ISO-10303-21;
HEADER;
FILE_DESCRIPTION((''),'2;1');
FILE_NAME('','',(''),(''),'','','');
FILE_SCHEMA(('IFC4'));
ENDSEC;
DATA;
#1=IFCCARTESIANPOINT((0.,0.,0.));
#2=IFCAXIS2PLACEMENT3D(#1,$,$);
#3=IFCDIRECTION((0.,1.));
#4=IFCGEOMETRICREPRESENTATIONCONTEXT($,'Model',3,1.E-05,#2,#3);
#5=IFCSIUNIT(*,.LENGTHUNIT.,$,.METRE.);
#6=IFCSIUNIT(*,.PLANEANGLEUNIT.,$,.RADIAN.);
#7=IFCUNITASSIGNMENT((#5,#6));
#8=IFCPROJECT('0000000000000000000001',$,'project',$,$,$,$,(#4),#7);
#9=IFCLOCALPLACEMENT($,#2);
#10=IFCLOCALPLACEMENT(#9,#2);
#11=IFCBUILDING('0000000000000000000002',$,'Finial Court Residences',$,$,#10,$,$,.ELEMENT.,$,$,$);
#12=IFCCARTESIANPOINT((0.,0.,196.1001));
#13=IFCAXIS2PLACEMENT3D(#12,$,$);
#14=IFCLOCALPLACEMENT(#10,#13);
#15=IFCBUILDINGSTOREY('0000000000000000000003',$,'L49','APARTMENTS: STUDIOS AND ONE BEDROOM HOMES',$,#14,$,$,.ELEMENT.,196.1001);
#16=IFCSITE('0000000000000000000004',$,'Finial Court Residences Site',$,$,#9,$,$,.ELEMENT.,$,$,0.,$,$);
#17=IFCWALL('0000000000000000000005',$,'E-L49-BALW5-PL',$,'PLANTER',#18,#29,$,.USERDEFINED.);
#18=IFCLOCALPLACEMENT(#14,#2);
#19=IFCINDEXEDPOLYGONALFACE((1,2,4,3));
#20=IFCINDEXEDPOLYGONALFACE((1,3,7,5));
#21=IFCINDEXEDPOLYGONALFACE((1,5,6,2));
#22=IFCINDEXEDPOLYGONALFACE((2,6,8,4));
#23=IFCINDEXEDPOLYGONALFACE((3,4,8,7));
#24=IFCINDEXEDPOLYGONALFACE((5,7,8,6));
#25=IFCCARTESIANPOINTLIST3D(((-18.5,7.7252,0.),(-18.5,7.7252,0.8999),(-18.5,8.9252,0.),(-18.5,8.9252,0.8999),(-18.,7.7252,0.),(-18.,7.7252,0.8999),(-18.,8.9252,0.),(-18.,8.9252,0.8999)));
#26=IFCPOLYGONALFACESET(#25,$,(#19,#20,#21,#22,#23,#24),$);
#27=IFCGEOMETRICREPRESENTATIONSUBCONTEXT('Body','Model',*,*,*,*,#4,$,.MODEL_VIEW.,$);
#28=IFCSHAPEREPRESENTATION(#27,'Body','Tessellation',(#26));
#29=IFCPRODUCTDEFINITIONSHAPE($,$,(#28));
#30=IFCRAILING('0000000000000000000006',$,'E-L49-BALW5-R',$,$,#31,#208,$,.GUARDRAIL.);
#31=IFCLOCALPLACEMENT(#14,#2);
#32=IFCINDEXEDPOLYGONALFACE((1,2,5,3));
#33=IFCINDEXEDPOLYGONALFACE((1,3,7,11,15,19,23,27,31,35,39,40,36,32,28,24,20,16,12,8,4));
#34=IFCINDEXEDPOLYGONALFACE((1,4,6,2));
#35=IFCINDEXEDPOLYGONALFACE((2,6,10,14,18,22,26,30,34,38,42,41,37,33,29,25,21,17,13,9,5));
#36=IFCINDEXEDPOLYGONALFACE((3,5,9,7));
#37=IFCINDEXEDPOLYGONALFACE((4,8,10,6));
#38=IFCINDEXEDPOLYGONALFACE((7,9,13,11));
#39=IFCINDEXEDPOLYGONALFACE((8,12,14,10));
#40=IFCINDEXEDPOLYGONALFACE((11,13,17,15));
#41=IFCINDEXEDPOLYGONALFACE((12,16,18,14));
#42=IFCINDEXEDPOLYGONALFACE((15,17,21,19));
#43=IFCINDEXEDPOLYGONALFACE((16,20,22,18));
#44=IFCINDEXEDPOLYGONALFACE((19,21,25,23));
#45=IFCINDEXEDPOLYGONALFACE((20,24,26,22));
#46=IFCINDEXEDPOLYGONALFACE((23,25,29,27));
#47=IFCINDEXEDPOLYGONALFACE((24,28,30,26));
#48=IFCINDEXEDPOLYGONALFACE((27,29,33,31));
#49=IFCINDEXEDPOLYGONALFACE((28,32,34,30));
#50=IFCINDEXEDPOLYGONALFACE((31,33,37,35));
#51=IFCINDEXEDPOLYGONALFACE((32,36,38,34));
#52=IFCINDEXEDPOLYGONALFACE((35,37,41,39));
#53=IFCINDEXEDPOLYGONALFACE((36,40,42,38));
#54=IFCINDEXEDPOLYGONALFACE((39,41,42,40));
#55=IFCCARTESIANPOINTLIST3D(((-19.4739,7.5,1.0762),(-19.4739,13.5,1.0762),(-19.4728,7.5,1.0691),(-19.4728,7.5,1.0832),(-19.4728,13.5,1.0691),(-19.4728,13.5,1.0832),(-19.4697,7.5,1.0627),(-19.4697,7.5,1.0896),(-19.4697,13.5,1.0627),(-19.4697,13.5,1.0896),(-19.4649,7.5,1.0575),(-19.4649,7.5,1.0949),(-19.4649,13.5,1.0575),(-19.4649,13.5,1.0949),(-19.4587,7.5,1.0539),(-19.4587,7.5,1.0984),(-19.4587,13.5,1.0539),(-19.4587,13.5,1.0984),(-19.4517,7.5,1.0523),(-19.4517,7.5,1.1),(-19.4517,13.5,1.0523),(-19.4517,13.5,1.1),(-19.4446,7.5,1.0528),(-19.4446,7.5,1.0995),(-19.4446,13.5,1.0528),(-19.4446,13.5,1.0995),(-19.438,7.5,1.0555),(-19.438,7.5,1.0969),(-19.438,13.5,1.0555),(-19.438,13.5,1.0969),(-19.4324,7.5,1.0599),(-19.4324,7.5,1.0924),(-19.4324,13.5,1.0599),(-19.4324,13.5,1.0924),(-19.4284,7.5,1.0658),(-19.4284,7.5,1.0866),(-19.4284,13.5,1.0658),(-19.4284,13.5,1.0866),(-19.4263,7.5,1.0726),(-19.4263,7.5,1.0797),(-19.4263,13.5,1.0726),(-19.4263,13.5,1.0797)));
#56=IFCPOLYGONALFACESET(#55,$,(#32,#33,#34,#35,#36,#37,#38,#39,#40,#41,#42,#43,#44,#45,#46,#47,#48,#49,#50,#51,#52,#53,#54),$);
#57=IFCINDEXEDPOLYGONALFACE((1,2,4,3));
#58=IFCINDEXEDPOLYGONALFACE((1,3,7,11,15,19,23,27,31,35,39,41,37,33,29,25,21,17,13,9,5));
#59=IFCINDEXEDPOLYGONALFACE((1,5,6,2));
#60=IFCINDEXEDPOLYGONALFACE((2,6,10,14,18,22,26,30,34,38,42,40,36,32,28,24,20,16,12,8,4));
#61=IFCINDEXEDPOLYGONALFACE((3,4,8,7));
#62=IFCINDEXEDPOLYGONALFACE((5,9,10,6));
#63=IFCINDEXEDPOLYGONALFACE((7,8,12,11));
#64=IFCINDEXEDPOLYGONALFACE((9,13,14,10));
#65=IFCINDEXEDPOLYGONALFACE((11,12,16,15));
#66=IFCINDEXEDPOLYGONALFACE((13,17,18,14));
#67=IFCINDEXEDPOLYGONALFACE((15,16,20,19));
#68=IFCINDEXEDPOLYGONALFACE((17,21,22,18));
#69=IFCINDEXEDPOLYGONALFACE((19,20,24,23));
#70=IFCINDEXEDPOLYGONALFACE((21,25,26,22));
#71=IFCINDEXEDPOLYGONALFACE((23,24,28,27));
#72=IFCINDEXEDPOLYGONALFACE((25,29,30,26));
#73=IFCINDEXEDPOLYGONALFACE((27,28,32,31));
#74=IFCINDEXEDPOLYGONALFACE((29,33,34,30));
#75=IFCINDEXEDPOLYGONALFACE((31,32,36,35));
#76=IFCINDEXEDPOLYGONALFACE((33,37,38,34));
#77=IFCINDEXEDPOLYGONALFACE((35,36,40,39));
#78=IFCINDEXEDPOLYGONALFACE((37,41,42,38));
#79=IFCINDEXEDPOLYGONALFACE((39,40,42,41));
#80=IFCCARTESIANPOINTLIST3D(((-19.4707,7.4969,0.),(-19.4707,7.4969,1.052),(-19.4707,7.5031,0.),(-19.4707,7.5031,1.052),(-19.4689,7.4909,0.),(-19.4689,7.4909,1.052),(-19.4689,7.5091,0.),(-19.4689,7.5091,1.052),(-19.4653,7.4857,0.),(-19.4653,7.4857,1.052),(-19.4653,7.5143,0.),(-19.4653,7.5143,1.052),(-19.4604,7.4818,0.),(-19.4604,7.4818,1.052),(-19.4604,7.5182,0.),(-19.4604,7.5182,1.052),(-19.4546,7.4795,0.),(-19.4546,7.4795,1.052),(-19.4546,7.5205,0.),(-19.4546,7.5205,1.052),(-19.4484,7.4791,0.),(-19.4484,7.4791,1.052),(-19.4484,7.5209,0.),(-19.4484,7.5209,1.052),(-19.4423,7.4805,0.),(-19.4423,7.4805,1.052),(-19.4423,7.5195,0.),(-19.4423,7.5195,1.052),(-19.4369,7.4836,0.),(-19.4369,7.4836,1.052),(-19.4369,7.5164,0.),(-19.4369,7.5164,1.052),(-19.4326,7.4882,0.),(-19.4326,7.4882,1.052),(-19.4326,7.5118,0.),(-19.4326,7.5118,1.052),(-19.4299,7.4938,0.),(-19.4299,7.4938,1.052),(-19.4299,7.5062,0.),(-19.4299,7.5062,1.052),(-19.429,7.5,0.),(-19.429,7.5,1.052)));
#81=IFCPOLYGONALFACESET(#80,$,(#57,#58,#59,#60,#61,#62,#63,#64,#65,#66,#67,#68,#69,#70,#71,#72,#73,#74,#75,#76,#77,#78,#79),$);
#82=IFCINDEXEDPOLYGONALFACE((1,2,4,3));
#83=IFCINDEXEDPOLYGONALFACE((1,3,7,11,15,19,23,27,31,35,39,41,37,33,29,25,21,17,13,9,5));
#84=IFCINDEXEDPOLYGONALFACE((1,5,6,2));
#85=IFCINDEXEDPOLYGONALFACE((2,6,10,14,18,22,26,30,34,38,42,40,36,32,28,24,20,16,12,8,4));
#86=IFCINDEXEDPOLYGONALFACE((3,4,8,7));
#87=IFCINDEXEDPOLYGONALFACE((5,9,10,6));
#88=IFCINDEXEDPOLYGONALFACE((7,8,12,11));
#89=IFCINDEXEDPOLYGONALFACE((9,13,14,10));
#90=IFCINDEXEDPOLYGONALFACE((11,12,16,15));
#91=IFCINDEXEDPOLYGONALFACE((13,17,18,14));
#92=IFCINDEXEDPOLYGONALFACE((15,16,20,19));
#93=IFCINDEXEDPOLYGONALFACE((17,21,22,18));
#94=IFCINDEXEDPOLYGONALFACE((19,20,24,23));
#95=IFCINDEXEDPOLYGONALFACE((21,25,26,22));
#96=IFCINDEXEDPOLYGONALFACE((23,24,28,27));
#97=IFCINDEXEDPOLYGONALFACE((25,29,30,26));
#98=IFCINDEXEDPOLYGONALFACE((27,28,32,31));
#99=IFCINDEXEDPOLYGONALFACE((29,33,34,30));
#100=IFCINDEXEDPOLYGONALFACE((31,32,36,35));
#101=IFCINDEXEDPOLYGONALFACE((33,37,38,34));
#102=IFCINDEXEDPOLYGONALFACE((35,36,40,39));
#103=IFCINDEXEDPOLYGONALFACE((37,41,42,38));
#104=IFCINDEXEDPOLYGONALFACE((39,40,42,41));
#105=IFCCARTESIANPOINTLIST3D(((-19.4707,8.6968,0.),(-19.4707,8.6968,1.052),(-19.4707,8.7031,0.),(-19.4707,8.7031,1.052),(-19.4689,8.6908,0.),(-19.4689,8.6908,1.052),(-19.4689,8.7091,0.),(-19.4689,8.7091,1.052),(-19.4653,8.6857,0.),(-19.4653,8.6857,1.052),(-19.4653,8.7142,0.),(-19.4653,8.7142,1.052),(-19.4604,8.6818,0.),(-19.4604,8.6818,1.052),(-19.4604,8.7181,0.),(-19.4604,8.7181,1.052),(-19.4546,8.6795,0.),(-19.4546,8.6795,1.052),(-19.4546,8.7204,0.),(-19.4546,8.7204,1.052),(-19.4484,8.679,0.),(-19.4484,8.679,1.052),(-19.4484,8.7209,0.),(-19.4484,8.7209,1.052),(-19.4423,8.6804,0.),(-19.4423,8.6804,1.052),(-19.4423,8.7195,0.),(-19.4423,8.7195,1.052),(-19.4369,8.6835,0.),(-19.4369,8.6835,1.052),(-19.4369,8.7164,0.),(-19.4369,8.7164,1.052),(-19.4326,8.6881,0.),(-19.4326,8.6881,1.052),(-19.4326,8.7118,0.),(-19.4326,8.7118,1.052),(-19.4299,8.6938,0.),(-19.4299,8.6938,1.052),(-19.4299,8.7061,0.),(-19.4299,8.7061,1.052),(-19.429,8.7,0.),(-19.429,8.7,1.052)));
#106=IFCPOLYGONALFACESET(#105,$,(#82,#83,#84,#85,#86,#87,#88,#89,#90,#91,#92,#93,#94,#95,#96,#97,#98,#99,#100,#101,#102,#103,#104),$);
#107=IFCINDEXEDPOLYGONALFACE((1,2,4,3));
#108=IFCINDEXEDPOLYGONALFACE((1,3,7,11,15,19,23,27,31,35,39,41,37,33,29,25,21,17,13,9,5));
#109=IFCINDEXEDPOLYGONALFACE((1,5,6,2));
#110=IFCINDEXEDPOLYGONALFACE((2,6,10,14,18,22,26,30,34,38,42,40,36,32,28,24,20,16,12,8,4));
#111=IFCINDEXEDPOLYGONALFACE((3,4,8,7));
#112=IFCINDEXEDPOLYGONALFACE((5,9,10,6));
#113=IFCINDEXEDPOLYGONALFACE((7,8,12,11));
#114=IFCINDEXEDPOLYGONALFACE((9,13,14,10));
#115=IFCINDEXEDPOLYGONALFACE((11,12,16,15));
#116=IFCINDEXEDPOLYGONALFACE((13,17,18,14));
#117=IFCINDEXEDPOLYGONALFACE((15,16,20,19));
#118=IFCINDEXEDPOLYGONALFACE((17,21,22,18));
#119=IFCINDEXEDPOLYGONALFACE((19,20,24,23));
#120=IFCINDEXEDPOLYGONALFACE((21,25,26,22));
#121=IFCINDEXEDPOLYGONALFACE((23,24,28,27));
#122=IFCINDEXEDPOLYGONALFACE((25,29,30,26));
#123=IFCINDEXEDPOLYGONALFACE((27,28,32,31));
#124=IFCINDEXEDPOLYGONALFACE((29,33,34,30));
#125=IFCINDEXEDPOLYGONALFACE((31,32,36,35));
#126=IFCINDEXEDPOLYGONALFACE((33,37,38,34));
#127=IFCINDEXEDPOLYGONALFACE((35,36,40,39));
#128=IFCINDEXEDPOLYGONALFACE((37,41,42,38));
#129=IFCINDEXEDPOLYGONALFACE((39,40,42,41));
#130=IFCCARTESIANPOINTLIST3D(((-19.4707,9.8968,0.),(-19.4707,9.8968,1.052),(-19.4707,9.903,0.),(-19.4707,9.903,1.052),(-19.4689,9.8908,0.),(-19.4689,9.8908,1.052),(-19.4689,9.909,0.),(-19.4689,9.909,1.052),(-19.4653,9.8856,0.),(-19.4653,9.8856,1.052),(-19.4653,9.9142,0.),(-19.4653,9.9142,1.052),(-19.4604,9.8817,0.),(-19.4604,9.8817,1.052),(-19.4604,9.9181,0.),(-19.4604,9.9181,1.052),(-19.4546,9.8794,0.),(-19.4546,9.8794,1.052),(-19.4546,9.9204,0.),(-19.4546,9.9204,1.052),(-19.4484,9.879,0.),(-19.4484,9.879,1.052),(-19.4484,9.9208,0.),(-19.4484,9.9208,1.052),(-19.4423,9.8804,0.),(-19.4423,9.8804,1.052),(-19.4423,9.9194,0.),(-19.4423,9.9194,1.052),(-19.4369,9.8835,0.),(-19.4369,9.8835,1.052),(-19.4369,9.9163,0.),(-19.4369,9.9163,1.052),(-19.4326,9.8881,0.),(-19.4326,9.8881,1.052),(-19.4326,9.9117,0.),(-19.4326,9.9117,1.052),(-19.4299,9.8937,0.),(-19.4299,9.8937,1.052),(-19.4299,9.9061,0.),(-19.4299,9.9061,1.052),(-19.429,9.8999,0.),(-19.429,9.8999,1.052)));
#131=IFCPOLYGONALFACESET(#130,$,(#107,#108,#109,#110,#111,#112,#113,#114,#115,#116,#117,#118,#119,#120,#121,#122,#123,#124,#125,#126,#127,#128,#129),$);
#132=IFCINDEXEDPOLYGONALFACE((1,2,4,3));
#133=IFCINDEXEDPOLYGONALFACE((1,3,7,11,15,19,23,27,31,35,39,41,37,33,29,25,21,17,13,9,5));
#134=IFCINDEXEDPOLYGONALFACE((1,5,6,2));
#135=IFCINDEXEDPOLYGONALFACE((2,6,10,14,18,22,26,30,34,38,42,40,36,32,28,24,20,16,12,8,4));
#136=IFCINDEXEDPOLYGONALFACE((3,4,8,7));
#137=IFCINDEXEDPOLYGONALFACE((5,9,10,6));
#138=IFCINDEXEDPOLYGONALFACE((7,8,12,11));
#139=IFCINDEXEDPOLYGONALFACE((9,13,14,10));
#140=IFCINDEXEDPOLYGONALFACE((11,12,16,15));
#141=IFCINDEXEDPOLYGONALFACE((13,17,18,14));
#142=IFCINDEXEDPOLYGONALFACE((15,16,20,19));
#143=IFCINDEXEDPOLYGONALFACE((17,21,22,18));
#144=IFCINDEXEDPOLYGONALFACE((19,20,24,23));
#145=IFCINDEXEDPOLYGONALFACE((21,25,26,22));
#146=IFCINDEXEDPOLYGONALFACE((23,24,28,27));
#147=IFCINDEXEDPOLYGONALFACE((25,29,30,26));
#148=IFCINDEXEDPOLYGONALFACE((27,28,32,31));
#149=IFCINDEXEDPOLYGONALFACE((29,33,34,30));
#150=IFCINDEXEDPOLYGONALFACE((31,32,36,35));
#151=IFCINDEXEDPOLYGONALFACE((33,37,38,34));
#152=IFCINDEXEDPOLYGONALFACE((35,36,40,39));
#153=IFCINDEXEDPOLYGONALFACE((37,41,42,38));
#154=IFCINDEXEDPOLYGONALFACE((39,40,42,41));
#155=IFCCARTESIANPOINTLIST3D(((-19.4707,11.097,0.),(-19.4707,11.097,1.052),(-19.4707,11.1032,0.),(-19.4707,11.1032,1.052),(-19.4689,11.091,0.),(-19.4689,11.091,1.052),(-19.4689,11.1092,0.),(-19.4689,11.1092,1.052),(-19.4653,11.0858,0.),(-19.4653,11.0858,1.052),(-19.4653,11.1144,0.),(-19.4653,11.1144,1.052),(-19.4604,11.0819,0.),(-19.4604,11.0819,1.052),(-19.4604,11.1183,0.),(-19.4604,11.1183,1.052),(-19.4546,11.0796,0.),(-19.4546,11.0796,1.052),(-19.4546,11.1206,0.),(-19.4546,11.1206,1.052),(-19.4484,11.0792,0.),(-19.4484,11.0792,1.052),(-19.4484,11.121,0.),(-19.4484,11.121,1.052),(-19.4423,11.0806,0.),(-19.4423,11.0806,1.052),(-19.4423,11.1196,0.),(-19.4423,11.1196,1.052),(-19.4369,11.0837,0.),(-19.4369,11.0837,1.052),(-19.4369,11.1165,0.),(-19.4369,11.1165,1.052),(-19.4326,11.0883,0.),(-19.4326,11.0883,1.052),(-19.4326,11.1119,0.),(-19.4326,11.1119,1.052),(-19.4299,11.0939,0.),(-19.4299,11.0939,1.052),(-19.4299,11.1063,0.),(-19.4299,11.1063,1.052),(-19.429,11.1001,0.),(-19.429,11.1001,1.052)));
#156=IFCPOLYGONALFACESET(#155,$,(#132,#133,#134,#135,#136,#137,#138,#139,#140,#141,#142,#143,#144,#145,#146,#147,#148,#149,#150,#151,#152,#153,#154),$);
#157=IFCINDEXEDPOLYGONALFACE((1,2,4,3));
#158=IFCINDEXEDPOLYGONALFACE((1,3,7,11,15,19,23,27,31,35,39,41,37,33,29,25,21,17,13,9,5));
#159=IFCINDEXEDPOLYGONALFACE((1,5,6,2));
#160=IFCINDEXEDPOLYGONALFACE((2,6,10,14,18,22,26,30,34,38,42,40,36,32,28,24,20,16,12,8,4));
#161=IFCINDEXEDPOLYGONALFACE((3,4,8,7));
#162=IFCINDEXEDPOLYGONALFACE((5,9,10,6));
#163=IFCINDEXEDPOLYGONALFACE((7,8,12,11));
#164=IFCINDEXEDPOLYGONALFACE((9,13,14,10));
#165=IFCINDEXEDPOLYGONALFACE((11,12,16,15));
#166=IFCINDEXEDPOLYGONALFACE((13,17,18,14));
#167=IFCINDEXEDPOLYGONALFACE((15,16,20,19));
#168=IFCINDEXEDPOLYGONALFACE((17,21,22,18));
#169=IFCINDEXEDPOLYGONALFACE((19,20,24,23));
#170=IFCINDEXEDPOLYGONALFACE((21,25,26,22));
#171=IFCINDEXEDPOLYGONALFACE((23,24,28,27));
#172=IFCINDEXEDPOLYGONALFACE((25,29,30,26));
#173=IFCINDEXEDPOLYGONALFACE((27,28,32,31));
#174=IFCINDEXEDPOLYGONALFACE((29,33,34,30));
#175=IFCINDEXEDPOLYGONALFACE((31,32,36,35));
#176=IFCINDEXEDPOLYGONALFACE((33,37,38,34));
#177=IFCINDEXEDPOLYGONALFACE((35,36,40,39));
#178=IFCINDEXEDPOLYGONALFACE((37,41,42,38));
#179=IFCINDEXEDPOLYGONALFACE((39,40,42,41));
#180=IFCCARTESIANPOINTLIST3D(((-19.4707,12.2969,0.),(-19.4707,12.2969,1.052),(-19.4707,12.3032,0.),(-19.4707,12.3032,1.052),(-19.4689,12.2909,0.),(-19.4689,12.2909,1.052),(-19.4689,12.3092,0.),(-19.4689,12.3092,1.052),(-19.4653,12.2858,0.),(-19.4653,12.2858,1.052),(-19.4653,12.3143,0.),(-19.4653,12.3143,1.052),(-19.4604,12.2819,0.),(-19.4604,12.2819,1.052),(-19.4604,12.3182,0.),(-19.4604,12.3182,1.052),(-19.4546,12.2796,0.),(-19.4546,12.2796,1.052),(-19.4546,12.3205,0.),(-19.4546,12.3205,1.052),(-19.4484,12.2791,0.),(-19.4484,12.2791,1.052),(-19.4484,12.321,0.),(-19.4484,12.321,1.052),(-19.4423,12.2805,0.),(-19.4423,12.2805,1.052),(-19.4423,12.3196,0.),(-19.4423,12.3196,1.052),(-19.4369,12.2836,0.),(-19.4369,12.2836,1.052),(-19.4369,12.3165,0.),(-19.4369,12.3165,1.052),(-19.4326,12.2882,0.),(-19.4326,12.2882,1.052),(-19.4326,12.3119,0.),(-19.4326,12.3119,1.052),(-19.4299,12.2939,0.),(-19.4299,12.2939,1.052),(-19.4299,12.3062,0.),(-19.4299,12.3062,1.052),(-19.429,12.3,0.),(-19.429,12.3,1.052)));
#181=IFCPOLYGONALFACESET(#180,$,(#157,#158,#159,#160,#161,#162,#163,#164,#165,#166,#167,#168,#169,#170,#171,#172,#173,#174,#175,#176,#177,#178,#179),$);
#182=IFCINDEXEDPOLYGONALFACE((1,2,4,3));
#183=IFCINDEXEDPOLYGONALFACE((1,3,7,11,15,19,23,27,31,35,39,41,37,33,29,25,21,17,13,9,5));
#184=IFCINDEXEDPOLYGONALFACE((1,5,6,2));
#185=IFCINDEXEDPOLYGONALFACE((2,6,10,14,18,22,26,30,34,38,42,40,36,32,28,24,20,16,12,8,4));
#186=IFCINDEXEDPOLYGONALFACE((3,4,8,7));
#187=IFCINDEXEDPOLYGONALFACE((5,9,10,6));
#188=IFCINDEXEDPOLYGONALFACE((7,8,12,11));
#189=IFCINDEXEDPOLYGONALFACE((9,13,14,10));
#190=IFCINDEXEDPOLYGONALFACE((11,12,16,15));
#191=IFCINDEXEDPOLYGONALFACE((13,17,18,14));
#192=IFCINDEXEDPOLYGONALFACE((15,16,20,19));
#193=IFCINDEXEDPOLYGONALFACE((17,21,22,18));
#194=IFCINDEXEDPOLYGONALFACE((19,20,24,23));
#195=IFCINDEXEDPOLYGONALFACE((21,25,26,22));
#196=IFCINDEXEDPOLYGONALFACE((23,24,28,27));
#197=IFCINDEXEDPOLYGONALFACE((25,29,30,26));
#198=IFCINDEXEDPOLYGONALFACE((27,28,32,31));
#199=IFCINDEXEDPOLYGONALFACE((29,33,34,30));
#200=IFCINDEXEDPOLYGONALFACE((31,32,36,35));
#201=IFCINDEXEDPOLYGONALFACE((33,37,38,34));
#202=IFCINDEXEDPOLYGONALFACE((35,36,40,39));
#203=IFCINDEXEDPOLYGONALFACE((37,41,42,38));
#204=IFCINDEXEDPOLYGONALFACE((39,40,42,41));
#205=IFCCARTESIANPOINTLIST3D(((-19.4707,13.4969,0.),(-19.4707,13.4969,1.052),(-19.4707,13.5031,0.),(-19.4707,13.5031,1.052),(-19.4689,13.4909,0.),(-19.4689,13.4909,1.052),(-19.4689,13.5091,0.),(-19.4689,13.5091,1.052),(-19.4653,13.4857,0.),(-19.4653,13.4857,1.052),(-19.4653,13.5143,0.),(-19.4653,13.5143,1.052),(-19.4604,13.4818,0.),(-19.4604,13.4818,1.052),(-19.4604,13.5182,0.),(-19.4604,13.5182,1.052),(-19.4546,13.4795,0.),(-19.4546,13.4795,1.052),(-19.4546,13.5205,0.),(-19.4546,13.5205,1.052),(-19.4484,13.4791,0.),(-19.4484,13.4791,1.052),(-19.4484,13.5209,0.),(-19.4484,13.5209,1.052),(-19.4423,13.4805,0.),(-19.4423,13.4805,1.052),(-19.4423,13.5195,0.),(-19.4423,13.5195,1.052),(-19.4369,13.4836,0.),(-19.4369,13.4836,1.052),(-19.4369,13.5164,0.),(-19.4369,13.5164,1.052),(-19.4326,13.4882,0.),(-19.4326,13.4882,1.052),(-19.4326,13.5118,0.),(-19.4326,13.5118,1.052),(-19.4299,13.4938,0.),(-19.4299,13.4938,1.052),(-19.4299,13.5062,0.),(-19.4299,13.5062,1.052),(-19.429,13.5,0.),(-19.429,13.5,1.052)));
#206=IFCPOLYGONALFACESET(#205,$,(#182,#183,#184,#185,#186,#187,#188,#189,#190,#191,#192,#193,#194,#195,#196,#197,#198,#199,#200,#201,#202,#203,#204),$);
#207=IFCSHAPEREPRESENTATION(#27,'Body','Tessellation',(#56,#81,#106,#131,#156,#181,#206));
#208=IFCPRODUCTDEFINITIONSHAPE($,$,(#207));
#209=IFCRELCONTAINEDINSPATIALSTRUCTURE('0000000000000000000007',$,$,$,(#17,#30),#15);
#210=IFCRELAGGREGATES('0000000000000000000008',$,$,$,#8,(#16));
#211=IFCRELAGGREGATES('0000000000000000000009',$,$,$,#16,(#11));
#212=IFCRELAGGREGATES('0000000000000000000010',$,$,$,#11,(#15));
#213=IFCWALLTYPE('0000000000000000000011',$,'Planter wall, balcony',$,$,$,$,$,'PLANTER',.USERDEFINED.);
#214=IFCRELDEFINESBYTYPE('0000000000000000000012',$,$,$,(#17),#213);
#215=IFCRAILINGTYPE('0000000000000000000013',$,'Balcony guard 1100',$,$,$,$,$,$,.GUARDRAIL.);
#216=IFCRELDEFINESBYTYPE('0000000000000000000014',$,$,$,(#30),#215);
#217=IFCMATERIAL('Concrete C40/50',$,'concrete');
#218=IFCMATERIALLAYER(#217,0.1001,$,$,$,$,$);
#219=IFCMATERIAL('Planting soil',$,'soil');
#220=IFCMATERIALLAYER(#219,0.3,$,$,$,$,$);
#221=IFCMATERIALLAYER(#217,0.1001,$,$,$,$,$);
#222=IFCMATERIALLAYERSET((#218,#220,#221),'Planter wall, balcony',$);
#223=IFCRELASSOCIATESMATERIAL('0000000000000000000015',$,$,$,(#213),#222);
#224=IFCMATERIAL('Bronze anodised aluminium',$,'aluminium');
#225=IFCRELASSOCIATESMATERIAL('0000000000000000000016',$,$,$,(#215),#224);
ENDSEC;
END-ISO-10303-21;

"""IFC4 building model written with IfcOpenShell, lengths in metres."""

from ifc_helpers import new_model, si_unit, direction, frame, frame_2d, origin, origin_2d, place, context, subcontext, project, spatial, rectangle, circle, extrude, material, layer, layer_set, type_object, element, save


model = new_model("IFC4")

# Units and contexts
model_context = context("Model", 3, precision=1e-05, world=origin(), true_north=direction((0.0, 1.0)))
body_context = subcontext(model_context, "Body", "Model", "MODEL_VIEW")
ifc_project = project(units=[si_unit("LENGTHUNIT", "METRE"), si_unit("PLANEANGLEUNIT", "RADIAN")], contexts=[model_context])

# Site, building, storey
site_placement = place(None, origin())
site = spatial("IfcSite", under=ifc_project, at=site_placement, Name="Finial Court Residences Site", CompositionType="ELEMENT", RefElevation=0.0)
building_placement = place(site_placement, origin())
building = spatial("IfcBuilding", under=site, at=building_placement, Name="Finial Court Residences", CompositionType="ELEMENT")
storey_placement = place(building_placement, frame((0.0, 0.0, 196.1001)))
storey = spatial("IfcBuildingStorey", under=building, at=storey_placement, Name="L49", Description="APARTMENTS: STUDIOS AND ONE BEDROOM HOMES", CompositionType="ELEMENT", Elevation=196.1001)

# Shared definitions
ifc_material_1 = material(Name="Bronze anodised aluminium", Category="aluminium")

# Wall
ifc_material_2 = material(Name="Concrete C40/50", Category="concrete")
ifc_layer_1 = layer(ifc_material_2, 0.1001)
ifc_material_3 = material(Name="Planting soil", Category="soil")
ifc_layer_2 = layer(ifc_material_3, 0.3)
ifc_layer_3 = layer(ifc_material_2, 0.1001)
ifc_layer_set_1 = layer_set([ifc_layer_1, ifc_layer_2, ifc_layer_3], Name="Planter wall, balcony")
wall_type_1 = type_object("IfcWallType", Name="Planter wall, balcony", ElementType="PLANTER", PredefinedType="USERDEFINED", material=ifc_layer_set_1)
wall_1_placement = place(storey_placement, frame((-18.25, 7.7251, 0.0), z_axis=(0.0, 0.0, 1.0), x_axis=(0.0, 1.0, 0.0)))
element("IfcWall", 1, at=wall_1_placement, inside=storey, type_object=wall_type_1, Name="E-L49-BALW5-PL", ObjectType="PLANTER", PredefinedType="USERDEFINED", context=body_context, shape_type="SweptSolid", body=[
    extrude(rectangle(XDim=1.2, YDim=0.5, at=frame_2d((0.6001, 0.0))), origin(), (0.0, 0.0, 1.0), 0.8999),
])

# Railing
railing_type = type_object("IfcRailingType", Name="Balcony guard 1100", PredefinedType="GUARDRAIL", material=ifc_material_1)
railing_placement = place(storey_placement, frame((-19.45, 7.5, 0.0)))
element("IfcRailing", 2, at=railing_placement, inside=storey, type_object=railing_type, Name="E-L49-BALW5-R", PredefinedType="GUARDRAIL", context=body_context, shape_type="SweptSolid", body=[
    extrude(circle(Radius=0.0239, at=origin_2d()), frame((0.0, 0.0, 1.0762), z_axis=(0.0, 1.0, 0.0), x_axis=(-1.0, 0.0, 0.0)), (0.0, 0.0, 1.0), 6.0),
    extrude(circle(Radius=0.021, at=origin_2d()), origin(), (0.0, 0.0, 1.0), 1.052),
    extrude(circle(Radius=0.021, at=origin_2d()), frame((0.0, 1.2, 0.0)), (0.0, 0.0, 1.0), 1.052),
    extrude(circle(Radius=0.021, at=origin_2d()), frame((0.0, 2.3999, 0.0)), (0.0, 0.0, 1.0), 1.052),
    extrude(circle(Radius=0.021, at=origin_2d()), frame((0.0, 3.6001, 0.0)), (0.0, 0.0, 1.0), 1.052),
    extrude(circle(Radius=0.021, at=origin_2d()), frame((0.0, 4.8, 0.0)), (0.0, 0.0, 1.0), 1.052),
    extrude(circle(Radius=0.021, at=origin_2d()), frame((0.0, 6.0, 0.0)), (0.0, 0.0, 1.0), 1.052),
])

save(model, "model.ifc")
